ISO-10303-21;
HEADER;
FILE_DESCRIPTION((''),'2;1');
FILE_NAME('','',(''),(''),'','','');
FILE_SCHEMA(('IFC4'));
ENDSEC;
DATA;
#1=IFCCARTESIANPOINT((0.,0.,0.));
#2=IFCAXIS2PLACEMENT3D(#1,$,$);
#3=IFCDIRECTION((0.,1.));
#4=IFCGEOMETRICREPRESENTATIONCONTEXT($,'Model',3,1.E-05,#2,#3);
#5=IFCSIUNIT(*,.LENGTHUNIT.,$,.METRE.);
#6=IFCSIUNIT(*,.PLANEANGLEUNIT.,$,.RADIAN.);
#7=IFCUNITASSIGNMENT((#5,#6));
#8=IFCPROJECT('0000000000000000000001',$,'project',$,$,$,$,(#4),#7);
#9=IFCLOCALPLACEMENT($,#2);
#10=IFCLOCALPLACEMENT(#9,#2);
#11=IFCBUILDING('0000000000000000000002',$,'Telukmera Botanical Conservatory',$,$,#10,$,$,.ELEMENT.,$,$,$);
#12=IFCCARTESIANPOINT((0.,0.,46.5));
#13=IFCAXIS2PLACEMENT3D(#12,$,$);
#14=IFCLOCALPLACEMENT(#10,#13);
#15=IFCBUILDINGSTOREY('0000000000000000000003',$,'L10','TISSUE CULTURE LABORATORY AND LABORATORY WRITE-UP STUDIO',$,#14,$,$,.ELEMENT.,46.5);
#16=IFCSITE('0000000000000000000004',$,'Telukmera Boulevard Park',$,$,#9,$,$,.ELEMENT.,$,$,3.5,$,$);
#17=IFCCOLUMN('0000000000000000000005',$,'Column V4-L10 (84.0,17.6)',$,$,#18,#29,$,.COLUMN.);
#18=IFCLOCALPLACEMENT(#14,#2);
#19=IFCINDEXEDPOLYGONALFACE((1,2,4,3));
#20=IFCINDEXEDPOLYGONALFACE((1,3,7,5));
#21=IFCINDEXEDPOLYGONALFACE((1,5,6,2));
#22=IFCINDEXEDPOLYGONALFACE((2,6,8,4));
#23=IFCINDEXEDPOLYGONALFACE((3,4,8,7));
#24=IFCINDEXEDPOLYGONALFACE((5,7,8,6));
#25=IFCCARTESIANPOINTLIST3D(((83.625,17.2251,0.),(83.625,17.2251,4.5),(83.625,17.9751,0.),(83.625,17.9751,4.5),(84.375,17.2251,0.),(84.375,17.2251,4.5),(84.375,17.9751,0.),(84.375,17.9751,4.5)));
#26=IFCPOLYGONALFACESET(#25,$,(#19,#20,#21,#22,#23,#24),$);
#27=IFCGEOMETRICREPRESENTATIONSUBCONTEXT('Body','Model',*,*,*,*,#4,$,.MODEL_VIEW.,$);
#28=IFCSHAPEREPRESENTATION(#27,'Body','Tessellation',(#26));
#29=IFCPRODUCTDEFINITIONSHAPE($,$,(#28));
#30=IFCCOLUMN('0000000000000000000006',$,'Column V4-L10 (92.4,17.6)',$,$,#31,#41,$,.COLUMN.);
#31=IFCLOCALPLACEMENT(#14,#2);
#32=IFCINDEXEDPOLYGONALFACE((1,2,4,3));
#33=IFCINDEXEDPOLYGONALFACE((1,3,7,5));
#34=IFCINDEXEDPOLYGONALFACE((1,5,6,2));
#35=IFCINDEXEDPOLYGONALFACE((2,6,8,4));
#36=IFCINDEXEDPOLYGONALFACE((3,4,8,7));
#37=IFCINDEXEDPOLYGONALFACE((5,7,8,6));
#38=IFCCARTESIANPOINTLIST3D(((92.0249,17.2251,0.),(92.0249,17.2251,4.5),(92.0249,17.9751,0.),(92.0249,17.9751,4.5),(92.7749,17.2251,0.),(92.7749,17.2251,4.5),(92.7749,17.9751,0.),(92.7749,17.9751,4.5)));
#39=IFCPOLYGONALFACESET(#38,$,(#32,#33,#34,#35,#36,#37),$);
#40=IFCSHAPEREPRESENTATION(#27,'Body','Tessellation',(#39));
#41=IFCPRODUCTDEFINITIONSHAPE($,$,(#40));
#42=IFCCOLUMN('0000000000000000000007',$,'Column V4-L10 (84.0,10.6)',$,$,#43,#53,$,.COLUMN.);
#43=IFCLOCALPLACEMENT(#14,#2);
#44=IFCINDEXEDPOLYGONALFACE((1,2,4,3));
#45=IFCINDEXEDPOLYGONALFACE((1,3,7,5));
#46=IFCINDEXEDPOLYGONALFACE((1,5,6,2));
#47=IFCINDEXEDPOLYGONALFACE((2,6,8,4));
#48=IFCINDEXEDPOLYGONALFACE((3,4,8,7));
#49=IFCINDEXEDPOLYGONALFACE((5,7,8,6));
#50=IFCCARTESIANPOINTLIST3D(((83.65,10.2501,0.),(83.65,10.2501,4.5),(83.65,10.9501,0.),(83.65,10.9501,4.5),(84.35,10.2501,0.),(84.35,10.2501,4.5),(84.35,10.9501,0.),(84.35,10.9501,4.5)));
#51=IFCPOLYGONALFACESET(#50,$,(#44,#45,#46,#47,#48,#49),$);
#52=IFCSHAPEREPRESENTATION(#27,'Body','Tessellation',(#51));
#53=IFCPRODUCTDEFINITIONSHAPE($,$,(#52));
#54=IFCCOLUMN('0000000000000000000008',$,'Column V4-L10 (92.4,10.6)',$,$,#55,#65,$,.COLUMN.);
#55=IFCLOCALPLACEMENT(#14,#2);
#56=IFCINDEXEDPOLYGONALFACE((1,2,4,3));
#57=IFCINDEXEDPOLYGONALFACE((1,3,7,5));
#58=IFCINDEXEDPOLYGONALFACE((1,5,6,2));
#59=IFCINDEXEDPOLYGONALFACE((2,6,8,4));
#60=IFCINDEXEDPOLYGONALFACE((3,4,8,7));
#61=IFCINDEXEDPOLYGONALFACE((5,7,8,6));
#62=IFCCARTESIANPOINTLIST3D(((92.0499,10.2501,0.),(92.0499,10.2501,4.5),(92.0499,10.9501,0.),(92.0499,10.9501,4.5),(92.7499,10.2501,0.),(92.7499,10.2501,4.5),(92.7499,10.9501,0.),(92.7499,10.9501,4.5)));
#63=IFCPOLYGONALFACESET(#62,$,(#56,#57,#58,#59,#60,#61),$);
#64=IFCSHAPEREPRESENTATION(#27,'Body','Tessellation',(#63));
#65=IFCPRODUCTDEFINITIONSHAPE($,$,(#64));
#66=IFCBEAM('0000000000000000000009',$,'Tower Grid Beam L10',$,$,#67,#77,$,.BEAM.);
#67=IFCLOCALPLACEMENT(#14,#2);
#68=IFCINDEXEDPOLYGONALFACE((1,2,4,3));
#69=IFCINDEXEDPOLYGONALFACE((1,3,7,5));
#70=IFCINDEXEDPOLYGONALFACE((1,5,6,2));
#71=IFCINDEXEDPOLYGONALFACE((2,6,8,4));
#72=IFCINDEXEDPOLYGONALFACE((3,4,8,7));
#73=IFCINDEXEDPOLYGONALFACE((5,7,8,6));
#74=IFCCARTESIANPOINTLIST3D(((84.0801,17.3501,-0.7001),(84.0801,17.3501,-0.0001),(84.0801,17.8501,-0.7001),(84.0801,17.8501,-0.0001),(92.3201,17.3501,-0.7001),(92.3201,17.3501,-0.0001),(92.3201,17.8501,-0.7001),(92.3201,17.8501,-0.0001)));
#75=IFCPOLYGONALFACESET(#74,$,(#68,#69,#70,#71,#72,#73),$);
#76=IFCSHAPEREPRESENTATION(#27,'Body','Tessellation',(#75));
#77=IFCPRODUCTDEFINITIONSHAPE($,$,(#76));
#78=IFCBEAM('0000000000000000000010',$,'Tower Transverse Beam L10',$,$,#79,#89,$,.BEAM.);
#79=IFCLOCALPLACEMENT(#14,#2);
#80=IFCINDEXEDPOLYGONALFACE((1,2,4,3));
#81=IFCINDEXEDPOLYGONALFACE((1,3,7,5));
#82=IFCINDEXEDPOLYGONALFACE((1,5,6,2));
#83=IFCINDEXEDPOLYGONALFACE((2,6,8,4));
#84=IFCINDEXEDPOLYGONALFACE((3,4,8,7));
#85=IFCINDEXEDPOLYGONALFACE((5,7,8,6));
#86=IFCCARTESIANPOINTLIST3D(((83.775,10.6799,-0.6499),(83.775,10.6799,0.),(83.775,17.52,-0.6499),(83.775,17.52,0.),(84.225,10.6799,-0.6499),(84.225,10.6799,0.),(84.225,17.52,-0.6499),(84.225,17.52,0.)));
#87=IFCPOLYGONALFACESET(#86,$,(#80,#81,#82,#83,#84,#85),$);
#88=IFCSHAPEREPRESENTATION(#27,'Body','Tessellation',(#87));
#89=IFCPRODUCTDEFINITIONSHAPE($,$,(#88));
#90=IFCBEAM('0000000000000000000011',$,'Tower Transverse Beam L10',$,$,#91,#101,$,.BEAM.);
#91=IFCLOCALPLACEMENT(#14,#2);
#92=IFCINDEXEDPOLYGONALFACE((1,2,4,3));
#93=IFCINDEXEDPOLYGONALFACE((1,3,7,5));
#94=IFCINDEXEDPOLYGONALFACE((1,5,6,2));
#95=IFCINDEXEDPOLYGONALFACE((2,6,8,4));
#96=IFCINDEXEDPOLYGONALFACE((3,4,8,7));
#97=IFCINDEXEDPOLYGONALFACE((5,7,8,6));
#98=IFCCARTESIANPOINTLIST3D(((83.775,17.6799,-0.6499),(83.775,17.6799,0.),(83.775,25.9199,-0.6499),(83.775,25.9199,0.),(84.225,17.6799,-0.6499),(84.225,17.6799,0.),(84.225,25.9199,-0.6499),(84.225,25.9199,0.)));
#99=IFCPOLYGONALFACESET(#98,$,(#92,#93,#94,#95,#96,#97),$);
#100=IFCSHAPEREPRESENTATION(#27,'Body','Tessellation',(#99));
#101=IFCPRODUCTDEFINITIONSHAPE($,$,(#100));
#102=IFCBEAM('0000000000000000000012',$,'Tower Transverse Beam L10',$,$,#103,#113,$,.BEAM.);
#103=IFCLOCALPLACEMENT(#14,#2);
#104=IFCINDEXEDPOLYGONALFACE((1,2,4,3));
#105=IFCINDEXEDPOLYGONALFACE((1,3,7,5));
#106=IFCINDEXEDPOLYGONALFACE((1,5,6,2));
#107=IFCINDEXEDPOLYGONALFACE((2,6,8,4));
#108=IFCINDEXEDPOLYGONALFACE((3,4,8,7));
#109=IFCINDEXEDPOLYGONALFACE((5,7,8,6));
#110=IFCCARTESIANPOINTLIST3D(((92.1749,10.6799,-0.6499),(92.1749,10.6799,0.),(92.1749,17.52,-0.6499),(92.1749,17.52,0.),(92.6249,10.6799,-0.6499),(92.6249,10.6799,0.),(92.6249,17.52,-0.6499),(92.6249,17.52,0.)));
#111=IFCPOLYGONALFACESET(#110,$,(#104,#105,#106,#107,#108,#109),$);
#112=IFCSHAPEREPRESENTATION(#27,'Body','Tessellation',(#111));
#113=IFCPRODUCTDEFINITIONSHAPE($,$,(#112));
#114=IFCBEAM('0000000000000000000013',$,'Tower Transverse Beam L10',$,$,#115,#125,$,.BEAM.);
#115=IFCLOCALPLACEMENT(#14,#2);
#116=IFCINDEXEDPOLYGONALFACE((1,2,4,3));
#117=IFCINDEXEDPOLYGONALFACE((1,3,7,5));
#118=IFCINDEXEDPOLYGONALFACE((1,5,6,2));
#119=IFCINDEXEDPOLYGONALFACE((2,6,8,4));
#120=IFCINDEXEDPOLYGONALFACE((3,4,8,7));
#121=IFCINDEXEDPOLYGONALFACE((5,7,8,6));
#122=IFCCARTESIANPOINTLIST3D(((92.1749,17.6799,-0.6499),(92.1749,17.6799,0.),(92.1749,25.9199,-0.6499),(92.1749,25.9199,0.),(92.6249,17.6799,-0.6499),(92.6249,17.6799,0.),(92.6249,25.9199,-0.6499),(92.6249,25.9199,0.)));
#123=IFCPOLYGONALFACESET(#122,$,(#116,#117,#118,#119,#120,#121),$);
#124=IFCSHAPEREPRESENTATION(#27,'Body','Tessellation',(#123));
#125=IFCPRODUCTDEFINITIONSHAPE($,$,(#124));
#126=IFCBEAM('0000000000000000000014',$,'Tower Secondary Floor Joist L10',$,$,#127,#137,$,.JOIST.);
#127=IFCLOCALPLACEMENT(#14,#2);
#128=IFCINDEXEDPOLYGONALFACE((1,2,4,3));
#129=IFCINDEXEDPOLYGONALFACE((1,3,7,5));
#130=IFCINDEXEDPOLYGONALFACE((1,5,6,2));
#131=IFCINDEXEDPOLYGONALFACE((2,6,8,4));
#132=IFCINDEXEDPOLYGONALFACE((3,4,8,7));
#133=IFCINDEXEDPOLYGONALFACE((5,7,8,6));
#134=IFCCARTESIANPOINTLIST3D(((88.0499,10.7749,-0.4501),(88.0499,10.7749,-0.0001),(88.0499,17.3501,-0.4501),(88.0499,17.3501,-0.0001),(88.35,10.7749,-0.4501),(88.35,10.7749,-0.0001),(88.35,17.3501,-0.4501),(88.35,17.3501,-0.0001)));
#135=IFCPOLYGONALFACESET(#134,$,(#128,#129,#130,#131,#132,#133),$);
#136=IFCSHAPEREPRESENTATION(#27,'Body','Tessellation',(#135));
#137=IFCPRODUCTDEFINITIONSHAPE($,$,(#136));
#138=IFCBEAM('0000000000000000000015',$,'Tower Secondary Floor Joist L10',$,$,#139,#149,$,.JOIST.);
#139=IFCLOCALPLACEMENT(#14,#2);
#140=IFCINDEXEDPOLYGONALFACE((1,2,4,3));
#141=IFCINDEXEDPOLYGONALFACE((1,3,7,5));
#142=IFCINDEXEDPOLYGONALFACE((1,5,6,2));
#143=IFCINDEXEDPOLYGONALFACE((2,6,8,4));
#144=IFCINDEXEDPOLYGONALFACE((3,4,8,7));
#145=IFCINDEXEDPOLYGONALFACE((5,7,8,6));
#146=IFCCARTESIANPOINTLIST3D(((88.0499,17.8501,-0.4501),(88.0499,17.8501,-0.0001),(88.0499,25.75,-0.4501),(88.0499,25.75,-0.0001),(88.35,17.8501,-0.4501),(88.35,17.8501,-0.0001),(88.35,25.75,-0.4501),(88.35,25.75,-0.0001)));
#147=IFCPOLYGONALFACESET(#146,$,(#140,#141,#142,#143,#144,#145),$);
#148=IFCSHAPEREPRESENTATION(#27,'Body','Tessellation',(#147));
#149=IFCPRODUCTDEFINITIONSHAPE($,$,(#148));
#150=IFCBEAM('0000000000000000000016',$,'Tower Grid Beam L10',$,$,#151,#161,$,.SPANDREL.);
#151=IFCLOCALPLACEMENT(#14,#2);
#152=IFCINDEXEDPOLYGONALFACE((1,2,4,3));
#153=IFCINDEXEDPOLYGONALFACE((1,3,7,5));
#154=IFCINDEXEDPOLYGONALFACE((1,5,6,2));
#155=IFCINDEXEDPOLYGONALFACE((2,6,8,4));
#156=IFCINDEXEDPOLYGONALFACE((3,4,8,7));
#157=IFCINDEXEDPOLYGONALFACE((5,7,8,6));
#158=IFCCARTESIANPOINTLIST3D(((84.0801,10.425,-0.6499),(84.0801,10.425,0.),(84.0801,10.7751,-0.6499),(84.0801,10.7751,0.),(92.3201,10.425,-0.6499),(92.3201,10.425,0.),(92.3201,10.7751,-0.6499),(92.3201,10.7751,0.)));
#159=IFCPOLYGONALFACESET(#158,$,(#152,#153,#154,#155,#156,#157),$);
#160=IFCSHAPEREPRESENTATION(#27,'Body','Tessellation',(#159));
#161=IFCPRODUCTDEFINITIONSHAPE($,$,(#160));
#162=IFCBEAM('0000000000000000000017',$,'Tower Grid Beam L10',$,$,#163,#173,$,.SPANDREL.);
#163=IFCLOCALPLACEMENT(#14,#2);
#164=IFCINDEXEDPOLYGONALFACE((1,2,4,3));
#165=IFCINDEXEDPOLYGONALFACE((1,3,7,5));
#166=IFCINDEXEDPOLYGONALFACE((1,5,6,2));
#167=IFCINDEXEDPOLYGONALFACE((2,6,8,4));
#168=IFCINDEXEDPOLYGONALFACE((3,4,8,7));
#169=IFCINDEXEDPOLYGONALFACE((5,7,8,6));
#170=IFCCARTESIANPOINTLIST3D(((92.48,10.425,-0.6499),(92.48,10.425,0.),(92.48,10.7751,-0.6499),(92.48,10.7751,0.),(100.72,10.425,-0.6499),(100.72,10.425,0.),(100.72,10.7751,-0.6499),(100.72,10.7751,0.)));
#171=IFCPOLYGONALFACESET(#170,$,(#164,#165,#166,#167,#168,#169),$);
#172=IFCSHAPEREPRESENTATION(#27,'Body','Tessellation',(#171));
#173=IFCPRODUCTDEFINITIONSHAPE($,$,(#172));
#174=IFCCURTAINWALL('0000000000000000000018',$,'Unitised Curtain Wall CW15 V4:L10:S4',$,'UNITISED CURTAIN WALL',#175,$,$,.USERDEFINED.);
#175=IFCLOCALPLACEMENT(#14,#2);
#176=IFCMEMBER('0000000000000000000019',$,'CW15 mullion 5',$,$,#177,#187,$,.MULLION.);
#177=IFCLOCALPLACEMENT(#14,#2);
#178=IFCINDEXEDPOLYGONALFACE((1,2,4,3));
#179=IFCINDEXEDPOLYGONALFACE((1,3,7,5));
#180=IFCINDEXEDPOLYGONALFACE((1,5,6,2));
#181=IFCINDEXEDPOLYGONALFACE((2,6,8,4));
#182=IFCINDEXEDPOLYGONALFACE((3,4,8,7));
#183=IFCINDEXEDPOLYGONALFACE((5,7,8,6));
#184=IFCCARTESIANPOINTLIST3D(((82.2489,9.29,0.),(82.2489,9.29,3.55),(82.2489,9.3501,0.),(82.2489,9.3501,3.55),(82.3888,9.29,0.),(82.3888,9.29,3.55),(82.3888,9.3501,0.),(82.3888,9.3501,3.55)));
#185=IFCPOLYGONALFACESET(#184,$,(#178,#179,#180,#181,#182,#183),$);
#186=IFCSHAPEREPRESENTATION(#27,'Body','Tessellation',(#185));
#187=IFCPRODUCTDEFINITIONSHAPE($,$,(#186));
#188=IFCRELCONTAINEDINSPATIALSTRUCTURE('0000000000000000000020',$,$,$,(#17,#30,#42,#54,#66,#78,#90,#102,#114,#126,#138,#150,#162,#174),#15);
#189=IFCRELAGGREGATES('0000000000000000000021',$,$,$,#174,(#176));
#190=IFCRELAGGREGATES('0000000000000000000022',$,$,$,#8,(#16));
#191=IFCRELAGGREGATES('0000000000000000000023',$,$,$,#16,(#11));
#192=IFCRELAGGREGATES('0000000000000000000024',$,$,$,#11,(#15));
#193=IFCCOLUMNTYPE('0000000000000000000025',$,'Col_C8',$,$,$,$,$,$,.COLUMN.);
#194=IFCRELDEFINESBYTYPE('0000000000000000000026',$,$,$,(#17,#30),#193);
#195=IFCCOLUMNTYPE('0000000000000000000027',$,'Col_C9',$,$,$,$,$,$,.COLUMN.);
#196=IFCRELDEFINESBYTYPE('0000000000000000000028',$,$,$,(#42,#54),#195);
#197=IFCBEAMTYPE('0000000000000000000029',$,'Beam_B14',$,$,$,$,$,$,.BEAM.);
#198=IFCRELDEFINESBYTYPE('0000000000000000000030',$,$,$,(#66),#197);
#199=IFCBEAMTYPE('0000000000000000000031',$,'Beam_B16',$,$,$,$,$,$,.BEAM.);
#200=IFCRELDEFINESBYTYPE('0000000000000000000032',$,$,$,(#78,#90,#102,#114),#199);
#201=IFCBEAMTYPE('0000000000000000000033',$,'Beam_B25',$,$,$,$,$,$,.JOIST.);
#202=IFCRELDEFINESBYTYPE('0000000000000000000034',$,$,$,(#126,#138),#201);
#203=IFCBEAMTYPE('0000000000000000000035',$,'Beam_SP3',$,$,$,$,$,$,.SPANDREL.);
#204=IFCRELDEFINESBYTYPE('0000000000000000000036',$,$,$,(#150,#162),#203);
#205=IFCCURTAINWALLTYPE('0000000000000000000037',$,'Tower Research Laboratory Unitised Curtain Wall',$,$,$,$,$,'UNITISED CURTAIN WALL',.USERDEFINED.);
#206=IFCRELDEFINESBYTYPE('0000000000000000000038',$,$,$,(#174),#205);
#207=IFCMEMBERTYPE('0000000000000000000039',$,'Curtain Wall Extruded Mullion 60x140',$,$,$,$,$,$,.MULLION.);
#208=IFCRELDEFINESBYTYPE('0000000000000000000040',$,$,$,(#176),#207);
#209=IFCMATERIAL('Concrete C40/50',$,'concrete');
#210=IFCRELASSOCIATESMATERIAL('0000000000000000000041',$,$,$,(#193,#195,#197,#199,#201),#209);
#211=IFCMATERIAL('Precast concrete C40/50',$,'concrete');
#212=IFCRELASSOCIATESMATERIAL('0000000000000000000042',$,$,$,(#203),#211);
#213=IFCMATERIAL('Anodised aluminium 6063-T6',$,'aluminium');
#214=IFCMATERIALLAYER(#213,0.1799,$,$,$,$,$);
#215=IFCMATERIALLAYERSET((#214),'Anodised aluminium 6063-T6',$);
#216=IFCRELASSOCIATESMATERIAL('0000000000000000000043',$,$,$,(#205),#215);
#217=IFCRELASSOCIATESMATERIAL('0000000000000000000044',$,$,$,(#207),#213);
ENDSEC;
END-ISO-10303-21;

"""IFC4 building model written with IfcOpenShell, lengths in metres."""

from ifc_helpers import new_model, si_unit, direction, frame, origin, origin_2d, place, context, subcontext, project, spatial, rectangle, extrude, material, layer, layer_set, material_profile, profile_set, type_object, element, aggregate, save


model = new_model("IFC4")

# Units and contexts
model_context = context("Model", 3, precision=1e-05, world=origin(), true_north=direction((0.0, 1.0)))
body_context = subcontext(model_context, "Body", "Model", "MODEL_VIEW")
ifc_project = project(units=[si_unit("LENGTHUNIT", "METRE"), si_unit("PLANEANGLEUNIT", "RADIAN")], contexts=[model_context])

# Site, building, storey
site_placement = place(None, origin())
site = spatial("IfcSite", under=ifc_project, at=site_placement, Name="Telukmera Boulevard Park", CompositionType="ELEMENT", RefElevation=3.5)
building_placement = place(site_placement, origin())
building = spatial("IfcBuilding", under=site, at=building_placement, Name="Telukmera Botanical Conservatory", CompositionType="ELEMENT")
storey_placement = place(building_placement, frame((0.0, 0.0, 46.5)))
storey = spatial("IfcBuildingStorey", under=building, at=storey_placement, Name="L10", Description="TISSUE CULTURE LABORATORY AND LABORATORY WRITE-UP STUDIO", CompositionType="ELEMENT", Elevation=46.5)

# Columns
ifc_material_1 = material(Name="Concrete C40/50", Category="concrete")
ifc_material_profile_1 = material_profile(ifc_material_1, rectangle(XDim=0.75, YDim=0.75, at=origin_2d()), Name="RC 750x750")
ifc_profile_set_1 = profile_set([ifc_material_profile_1], Name="Concrete C40/50")
column_type_1 = type_object("IfcColumnType", Name="Col_C8", PredefinedType="COLUMN", material=ifc_profile_set_1)
for number, where, z_axis, x_axis, name in (
    (1, (84.0, 17.6001, 0.0), (0.0, 0.0, 1.0), (1.0, 0.0, 0.0), "Column V4-L10 (84.0,17.6)"),
    (2, (92.3999, 17.6001, 0.0), (0.0, 0.0, 1.0), (1.0, 0.0, 0.0), "Column V4-L10 (92.4,17.6)"),
):
    element("IfcColumn", number, at=place(storey_placement, frame(where, z_axis=z_axis, x_axis=x_axis)), inside=storey, type_object=column_type_1, Name=name, PredefinedType="COLUMN", context=body_context, shape_type="SweptSolid", body=[
        extrude(rectangle(XDim=0.75, YDim=0.75, at=origin_2d()), origin(), (0.0, 0.0, 1.0), 4.5),
    ])
ifc_material_profile_2 = material_profile(ifc_material_1, rectangle(XDim=0.7, YDim=0.7, at=origin_2d()), Name="RC 700x700")
ifc_profile_set_2 = profile_set([ifc_material_profile_2], Name="Concrete C40/50")
column_type_2 = type_object("IfcColumnType", Name="Col_C9", PredefinedType="COLUMN", material=ifc_profile_set_2)
for number, where, z_axis, x_axis, name in (
    (3, (84.0, 10.6001, 0.0), (0.0, 0.0, 1.0), (1.0, 0.0, 0.0), "Column V4-L10 (84.0,10.6)"),
    (4, (92.3999, 10.6001, 0.0), (0.0, 0.0, 1.0), (1.0, 0.0, 0.0), "Column V4-L10 (92.4,10.6)"),
):
    element("IfcColumn", number, at=place(storey_placement, frame(where, z_axis=z_axis, x_axis=x_axis)), inside=storey, type_object=column_type_2, Name=name, PredefinedType="COLUMN", context=body_context, shape_type="SweptSolid", body=[
        extrude(rectangle(XDim=0.7, YDim=0.7, at=origin_2d()), origin(), (0.0, 0.0, 1.0), 4.5),
    ])

# Beams
ifc_material_profile_3 = material_profile(ifc_material_1, rectangle(XDim=0.5, YDim=0.7, at=origin_2d()), Name="RC 500x700")
ifc_profile_set_3 = profile_set([ifc_material_profile_3], Name="Concrete C40/50")
beam_type_1 = type_object("IfcBeamType", Name="Beam_B14", PredefinedType="BEAM", material=ifc_profile_set_3)
beam_1_placement = place(storey_placement, frame((84.0801, 17.6001, -0.3501), z_axis=(1.0, 0.0, 0.0), x_axis=(0.0, 1.0, 0.0)))
element("IfcBeam", 5, at=beam_1_placement, inside=storey, type_object=beam_type_1, Name="Tower Grid Beam L10", PredefinedType="BEAM", context=body_context, shape_type="SweptSolid", body=[
    extrude(rectangle(XDim=0.5, YDim=0.7, at=origin_2d()), origin(), (0.0, 0.0, 1.0), 8.24),
])
ifc_material_profile_4 = material_profile(ifc_material_1, rectangle(XDim=0.45, YDim=0.6499, at=origin_2d()), Name="RC 450x650")
ifc_profile_set_4 = profile_set([ifc_material_profile_4], Name="Concrete C40/50")
beam_type_2 = type_object("IfcBeamType", Name="Beam_B16", PredefinedType="BEAM", material=ifc_profile_set_4)
beam_2_placement = place(storey_placement, frame((84.0, 10.6799, -0.325), z_axis=(0.0, 1.0, 0.0), x_axis=(-1.0, 0.0, 0.0)))
element("IfcBeam", 6, at=beam_2_placement, inside=storey, type_object=beam_type_2, Name="Tower Transverse Beam L10", PredefinedType="BEAM", context=body_context, shape_type="SweptSolid", body=[
    extrude(rectangle(XDim=0.45, YDim=0.6499, at=origin_2d()), origin(), (0.0, 0.0, 1.0), 6.8401),
])
beam_3_placement = place(storey_placement, frame((84.0, 17.6799, -0.325), z_axis=(0.0, 1.0, 0.0), x_axis=(-1.0, 0.0, 0.0)))
element("IfcBeam", 7, at=beam_3_placement, inside=storey, type_object=beam_type_2, Name="Tower Transverse Beam L10", PredefinedType="BEAM", context=body_context, shape_type="SweptSolid", body=[
    extrude(rectangle(XDim=0.45, YDim=0.6499, at=origin_2d()), origin(), (0.0, 0.0, 1.0), 8.24),
])
beam_4_placement = place(storey_placement, frame((92.3999, 10.6799, -0.325), z_axis=(0.0, 1.0, 0.0), x_axis=(-1.0, 0.0, 0.0)))
element("IfcBeam", 8, at=beam_4_placement, inside=storey, type_object=beam_type_2, Name="Tower Transverse Beam L10", PredefinedType="BEAM", context=body_context, shape_type="SweptSolid", body=[
    extrude(rectangle(XDim=0.45, YDim=0.6499, at=origin_2d()), origin(), (0.0, 0.0, 1.0), 6.8401),
])
beam_5_placement = place(storey_placement, frame((92.3999, 17.6799, -0.325), z_axis=(0.0, 1.0, 0.0), x_axis=(-1.0, 0.0, 0.0)))
element("IfcBeam", 9, at=beam_5_placement, inside=storey, type_object=beam_type_2, Name="Tower Transverse Beam L10", PredefinedType="BEAM", context=body_context, shape_type="SweptSolid", body=[
    extrude(rectangle(XDim=0.45, YDim=0.6499, at=origin_2d()), origin(), (0.0, 0.0, 1.0), 8.24),
])
ifc_material_profile_5 = material_profile(ifc_material_1, rectangle(XDim=0.3, YDim=0.45, at=origin_2d()), Name="RC 300x450")
ifc_profile_set_5 = profile_set([ifc_material_profile_5], Name="Concrete C40/50")
beam_type_3 = type_object("IfcBeamType", Name="Beam_B25", PredefinedType="JOIST", material=ifc_profile_set_5)
beam_6_placement = place(storey_placement, frame((88.2, 10.7749, -0.2251), z_axis=(0.0, 1.0, 0.0), x_axis=(-1.0, 0.0, 0.0)))
element("IfcBeam", 10, at=beam_6_placement, inside=storey, type_object=beam_type_3, Name="Tower Secondary Floor Joist L10", PredefinedType="JOIST", context=body_context, shape_type="SweptSolid", body=[
    extrude(rectangle(XDim=0.3, YDim=0.45, at=origin_2d()), origin(), (0.0, 0.0, 1.0), 6.5752),
])
beam_7_placement = place(storey_placement, frame((88.2, 17.8501, -0.2251), z_axis=(0.0, 1.0, 0.0), x_axis=(-1.0, 0.0, 0.0)))
element("IfcBeam", 11, at=beam_7_placement, inside=storey, type_object=beam_type_3, Name="Tower Secondary Floor Joist L10", PredefinedType="JOIST", context=body_context, shape_type="SweptSolid", body=[
    extrude(rectangle(XDim=0.3, YDim=0.45, at=origin_2d()), origin(), (0.0, 0.0, 1.0), 7.8999),
])
ifc_material_2 = material(Name="Precast concrete C40/50", Category="concrete")
ifc_material_profile_6 = material_profile(ifc_material_2, rectangle(XDim=0.3501, YDim=0.6499, at=origin_2d()), Name="PC 350x650")
ifc_profile_set_6 = profile_set([ifc_material_profile_6], Name="Precast concrete C40/50")
beam_type_4 = type_object("IfcBeamType", Name="Beam_SP3", PredefinedType="SPANDREL", material=ifc_profile_set_6)
for number, where, z_axis, x_axis, name in (
    (12, (84.0801, 10.6001, -0.325), (1.0, 0.0, 0.0), (0.0, 1.0, 0.0), "Tower Grid Beam L10"),
    (13, (92.48, 10.6001, -0.325), (1.0, 0.0, 0.0), (0.0, 1.0, 0.0), "Tower Grid Beam L10"),
):
    element("IfcBeam", number, at=place(storey_placement, frame(where, z_axis=z_axis, x_axis=x_axis)), inside=storey, type_object=beam_type_4, Name=name, PredefinedType="SPANDREL", context=body_context, shape_type="SweptSolid", body=[
        extrude(rectangle(XDim=0.3501, YDim=0.6499, at=origin_2d()), origin(), (0.0, 0.0, 1.0), 8.24),
    ])

# Curtain wall, member
ifc_material_3 = material(Name="Anodised aluminium 6063-T6", Category="aluminium")
ifc_layer_1 = layer(ifc_material_3, 0.1799)
ifc_layer_set_1 = layer_set([ifc_layer_1], Name="Anodised aluminium 6063-T6")
curtain_wall_type = type_object("IfcCurtainWallType", Name="Tower Research Laboratory Unitised Curtain Wall", ElementType="UNITISED CURTAIN WALL", PredefinedType="USERDEFINED", material=ifc_layer_set_1)
curtain_wall_1_placement = place(storey_placement, origin())
curtain_wall_1 = element("IfcCurtainWall", 14, at=curtain_wall_1_placement, inside=storey, type_object=curtain_wall_type, Name="Unitised Curtain Wall CW15 V4:L10:S4", ObjectType="UNITISED CURTAIN WALL", PredefinedType="USERDEFINED")
ifc_material_profile_7 = material_profile(ifc_material_3, rectangle(XDim=0.0601, YDim=0.1399, at=origin_2d()), Name="ALU MULL 60x140")
ifc_profile_set_7 = profile_set([ifc_material_profile_7], Name="Anodised aluminium 6063-T6")
member_type_1 = type_object("IfcMemberType", Name="Curtain Wall Extruded Mullion 60x140", PredefinedType="MULLION", material=ifc_profile_set_7)
member_1_placement = place(storey_placement, frame((82.3188, 9.3201, 0.0), z_axis=(0.0, 0.0, 1.0), x_axis=(0.0, 1.0, 0.0)))
member_1 = element("IfcMember", 15, at=member_1_placement, type_object=member_type_1, Name="CW15 mullion 5", PredefinedType="MULLION", context=body_context, shape_type="SweptSolid", body=[
    extrude(rectangle(XDim=0.0601, YDim=0.1399, at=origin_2d()), origin(), (0.0, 0.0, 1.0), 3.55),
])

aggregate(curtain_wall_1, [member_1])

save(model, "model.ifc")
